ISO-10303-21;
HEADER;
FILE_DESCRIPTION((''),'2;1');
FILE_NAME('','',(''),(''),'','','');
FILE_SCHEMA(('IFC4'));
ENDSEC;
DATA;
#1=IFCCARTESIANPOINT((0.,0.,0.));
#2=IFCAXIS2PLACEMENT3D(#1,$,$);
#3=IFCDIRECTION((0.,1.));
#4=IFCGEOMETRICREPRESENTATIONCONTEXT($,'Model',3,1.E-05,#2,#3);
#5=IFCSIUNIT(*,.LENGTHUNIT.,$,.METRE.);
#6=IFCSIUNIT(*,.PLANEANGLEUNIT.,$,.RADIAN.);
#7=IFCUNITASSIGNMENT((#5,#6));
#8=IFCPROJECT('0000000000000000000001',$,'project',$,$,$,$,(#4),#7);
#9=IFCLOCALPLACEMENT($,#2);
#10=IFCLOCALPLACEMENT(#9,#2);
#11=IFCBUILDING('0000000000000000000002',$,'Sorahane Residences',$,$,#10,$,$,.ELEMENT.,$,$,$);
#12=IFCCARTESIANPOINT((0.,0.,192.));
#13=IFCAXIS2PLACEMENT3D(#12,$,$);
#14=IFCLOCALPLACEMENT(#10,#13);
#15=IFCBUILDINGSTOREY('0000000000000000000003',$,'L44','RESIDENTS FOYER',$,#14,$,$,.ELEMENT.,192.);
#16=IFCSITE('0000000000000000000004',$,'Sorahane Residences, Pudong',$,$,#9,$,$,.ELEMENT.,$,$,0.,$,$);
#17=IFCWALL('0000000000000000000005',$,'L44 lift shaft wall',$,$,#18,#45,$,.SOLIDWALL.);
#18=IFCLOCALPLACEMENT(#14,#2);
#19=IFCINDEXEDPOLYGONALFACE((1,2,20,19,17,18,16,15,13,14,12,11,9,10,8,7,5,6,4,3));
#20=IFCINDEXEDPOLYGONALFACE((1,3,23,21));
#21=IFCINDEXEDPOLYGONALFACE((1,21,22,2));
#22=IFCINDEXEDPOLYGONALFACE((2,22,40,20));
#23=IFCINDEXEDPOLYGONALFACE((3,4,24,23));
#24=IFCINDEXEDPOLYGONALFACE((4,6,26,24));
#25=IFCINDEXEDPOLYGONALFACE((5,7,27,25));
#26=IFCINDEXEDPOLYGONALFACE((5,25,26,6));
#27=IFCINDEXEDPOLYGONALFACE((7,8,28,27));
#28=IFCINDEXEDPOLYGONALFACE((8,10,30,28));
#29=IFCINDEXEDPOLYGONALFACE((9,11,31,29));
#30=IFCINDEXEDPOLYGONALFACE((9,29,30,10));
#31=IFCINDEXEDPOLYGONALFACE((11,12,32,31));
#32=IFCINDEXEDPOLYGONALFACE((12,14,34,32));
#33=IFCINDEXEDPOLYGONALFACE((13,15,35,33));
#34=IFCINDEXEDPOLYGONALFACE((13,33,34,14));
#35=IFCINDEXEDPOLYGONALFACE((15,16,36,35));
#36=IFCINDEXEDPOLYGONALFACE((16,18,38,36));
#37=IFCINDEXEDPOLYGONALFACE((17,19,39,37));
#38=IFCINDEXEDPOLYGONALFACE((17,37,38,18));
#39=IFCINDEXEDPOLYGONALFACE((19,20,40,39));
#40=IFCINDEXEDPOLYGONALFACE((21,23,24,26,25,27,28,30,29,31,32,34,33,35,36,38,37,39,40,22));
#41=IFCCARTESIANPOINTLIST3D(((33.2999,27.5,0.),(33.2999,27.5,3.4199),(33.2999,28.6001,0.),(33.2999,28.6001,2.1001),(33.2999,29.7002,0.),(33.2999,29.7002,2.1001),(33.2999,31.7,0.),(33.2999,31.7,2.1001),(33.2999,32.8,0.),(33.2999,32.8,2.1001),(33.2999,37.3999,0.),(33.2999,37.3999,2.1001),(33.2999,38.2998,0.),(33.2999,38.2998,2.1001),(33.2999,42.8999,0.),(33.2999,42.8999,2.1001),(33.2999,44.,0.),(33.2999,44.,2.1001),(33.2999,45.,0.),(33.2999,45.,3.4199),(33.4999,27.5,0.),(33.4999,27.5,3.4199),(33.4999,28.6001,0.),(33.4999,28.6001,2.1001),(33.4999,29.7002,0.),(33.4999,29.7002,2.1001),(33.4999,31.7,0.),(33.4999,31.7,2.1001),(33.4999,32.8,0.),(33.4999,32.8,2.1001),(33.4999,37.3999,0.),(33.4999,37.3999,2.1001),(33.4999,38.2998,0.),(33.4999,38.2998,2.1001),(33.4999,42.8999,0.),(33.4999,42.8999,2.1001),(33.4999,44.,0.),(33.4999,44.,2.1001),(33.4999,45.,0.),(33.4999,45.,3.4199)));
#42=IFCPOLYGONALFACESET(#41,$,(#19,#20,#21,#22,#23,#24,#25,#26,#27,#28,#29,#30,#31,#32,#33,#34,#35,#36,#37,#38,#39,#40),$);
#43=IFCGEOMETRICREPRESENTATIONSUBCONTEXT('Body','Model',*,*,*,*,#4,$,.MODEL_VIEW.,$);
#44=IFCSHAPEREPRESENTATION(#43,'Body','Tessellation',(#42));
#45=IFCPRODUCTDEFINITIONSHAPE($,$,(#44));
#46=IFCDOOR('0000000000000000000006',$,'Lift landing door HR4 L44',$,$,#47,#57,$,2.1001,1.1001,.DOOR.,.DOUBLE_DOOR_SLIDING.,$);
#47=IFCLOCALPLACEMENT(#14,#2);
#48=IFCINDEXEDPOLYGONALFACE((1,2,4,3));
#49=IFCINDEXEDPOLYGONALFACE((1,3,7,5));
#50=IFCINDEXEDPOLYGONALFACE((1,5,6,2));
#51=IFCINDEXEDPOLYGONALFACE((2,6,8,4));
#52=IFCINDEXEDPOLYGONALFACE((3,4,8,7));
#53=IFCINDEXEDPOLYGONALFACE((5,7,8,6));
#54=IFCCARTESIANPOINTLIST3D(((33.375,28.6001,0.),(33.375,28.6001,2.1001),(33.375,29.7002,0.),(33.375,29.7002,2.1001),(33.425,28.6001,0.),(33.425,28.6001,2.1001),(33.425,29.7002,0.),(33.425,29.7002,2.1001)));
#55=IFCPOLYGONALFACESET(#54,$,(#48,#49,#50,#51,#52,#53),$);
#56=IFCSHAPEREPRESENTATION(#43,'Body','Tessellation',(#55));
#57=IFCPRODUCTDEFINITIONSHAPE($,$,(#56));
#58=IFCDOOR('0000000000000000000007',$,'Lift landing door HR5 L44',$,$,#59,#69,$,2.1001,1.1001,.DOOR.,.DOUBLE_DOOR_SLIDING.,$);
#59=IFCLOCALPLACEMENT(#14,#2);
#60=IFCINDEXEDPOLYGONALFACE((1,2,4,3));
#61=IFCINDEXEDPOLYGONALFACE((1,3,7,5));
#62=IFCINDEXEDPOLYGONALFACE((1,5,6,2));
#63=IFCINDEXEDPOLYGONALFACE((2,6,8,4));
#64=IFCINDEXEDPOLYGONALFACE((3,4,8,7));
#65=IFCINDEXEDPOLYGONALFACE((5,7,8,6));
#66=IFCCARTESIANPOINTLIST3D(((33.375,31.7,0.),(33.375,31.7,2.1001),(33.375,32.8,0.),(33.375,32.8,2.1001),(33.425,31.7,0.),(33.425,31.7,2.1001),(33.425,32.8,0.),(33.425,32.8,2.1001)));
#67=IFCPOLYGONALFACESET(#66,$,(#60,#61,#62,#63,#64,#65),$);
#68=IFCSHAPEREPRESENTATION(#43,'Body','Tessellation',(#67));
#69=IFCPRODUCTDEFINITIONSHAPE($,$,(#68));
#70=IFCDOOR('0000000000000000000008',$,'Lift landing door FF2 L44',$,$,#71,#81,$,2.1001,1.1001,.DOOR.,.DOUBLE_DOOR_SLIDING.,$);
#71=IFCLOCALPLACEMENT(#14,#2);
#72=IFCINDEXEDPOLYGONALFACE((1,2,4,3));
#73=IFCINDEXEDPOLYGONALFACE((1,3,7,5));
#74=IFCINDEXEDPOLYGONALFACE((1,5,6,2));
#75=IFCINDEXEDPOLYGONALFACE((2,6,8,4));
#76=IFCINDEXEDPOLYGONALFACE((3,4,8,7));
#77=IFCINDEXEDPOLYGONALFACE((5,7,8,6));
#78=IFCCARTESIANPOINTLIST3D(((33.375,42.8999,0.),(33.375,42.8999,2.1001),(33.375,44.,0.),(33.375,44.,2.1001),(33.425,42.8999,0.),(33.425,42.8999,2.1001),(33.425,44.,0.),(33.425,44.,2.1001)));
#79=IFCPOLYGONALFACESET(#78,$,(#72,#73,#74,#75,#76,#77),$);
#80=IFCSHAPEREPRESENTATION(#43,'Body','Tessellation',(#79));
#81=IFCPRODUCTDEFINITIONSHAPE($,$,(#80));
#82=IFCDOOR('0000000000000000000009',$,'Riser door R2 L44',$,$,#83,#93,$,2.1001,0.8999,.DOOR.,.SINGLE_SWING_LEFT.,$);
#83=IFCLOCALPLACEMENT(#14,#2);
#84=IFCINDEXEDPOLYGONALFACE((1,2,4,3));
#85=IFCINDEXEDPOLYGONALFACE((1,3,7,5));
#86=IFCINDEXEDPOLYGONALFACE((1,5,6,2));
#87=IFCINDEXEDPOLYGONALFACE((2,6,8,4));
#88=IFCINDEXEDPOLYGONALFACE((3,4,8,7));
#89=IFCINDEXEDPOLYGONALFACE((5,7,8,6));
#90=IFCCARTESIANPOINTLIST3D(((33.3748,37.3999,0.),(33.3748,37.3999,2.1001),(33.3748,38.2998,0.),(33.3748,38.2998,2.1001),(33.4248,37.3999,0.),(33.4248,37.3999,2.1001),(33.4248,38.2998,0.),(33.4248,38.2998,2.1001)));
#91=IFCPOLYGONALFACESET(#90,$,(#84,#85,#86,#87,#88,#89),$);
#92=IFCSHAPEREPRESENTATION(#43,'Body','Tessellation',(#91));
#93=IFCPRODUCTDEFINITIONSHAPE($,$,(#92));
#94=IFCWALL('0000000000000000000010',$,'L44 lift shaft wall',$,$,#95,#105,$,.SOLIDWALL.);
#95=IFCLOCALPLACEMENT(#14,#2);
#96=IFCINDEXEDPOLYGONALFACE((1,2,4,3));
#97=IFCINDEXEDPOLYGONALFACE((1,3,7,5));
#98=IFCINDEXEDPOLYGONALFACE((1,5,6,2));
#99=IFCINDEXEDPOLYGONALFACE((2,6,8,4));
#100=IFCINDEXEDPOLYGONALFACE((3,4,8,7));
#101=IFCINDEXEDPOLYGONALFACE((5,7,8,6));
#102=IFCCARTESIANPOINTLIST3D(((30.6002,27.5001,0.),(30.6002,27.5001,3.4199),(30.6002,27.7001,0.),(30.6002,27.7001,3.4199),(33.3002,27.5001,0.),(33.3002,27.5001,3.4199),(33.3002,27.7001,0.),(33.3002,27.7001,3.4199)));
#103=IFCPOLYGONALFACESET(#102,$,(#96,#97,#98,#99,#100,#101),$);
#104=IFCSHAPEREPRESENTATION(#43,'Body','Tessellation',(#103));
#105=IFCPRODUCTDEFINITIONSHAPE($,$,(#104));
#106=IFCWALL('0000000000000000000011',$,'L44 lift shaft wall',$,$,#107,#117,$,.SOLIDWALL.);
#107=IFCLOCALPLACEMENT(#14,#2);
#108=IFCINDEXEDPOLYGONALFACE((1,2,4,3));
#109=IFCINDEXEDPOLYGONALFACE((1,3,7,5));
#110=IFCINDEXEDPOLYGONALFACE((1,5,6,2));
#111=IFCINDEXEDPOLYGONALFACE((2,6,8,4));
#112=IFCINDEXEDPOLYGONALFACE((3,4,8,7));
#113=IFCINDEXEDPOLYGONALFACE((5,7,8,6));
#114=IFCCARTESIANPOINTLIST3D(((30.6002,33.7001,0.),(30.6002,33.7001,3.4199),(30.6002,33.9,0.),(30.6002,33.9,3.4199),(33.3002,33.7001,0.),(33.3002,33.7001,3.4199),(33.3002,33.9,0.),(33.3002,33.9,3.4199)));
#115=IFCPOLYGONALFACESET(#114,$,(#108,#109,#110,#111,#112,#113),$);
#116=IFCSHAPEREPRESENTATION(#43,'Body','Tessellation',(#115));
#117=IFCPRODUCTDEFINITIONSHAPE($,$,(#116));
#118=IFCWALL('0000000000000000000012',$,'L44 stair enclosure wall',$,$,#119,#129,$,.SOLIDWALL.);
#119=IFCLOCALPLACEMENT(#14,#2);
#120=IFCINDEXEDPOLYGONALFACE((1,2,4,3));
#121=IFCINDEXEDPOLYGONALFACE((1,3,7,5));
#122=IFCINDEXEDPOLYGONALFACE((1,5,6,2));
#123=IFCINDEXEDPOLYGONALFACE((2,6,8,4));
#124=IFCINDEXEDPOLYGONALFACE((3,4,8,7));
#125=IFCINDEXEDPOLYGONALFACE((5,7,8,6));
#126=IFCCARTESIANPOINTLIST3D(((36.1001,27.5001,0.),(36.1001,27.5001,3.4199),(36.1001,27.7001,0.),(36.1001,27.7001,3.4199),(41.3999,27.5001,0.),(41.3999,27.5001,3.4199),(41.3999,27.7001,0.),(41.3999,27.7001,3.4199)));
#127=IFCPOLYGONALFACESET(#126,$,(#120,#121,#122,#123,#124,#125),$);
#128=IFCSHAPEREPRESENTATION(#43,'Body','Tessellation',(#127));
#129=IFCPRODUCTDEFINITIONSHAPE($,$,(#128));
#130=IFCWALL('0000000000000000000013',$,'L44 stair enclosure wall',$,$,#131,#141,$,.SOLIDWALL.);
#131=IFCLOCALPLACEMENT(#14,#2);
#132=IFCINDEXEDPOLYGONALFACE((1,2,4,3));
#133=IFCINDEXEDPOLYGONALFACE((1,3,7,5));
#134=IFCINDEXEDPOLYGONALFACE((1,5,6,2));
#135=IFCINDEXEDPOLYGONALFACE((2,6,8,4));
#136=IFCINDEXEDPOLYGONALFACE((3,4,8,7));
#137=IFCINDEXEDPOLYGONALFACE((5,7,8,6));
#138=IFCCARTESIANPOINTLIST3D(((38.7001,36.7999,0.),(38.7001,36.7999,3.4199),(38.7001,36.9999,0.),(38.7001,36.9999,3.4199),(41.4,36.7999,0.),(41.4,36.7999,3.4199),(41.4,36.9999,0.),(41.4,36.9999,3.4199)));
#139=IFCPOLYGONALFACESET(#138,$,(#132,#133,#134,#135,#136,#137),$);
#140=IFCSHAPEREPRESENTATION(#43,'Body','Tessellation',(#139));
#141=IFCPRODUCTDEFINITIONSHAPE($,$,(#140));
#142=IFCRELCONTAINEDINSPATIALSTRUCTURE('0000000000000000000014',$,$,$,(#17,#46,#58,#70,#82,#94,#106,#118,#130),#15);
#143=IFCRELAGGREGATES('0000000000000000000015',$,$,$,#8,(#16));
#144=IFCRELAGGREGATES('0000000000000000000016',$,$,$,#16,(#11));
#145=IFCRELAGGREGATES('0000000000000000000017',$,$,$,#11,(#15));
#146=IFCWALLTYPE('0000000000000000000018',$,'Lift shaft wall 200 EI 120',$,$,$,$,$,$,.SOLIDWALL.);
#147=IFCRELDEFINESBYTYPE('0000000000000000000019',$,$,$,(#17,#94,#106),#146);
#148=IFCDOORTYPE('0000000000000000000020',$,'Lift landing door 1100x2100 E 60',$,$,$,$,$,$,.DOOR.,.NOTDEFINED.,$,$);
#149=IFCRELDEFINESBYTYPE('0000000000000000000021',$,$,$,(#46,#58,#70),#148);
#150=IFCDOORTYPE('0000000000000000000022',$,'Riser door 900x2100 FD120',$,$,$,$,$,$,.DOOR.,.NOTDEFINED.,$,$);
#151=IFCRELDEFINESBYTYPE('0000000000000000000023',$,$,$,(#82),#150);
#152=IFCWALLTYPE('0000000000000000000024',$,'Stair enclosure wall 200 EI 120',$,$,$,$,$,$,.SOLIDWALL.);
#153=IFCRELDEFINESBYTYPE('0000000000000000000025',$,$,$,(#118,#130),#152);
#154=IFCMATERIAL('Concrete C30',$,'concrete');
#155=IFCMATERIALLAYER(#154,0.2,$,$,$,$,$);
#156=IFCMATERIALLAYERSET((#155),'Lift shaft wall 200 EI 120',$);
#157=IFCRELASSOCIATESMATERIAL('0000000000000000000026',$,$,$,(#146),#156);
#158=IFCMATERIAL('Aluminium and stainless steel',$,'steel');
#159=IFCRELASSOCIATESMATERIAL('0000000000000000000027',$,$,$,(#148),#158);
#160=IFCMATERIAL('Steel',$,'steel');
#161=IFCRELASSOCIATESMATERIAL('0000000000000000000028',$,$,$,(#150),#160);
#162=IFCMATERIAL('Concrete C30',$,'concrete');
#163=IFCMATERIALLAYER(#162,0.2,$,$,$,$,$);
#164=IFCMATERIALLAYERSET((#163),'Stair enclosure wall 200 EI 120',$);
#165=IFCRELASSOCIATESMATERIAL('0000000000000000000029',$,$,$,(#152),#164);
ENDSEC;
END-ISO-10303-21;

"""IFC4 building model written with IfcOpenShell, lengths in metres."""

from ifc_helpers import new_model, si_unit, direction, frame, frame_2d, origin, place, context, subcontext, project, spatial, rectangle, extrude, material, layer, layer_set, type_object, element, fill, save


model = new_model("IFC4")

# Units and contexts
model_context = context("Model", 3, precision=1e-05, world=origin(), true_north=direction((0.0, 1.0)))
body_context = subcontext(model_context, "Body", "Model", "MODEL_VIEW")
ifc_project = project(units=[si_unit("LENGTHUNIT", "METRE"), si_unit("PLANEANGLEUNIT", "RADIAN")], contexts=[model_context])

# Site, building, storey
site_placement = place(None, origin())
site = spatial("IfcSite", under=ifc_project, at=site_placement, Name="Sorahane Residences, Pudong", CompositionType="ELEMENT", RefElevation=0.0)
building_placement = place(site_placement, origin())
building = spatial("IfcBuilding", under=site, at=building_placement, Name="Sorahane Residences", CompositionType="ELEMENT")
storey_placement = place(building_placement, frame((0.0, 0.0, 192.0)))
storey = spatial("IfcBuildingStorey", under=building, at=storey_placement, Name="L44", Description="RESIDENTS FOYER", CompositionType="ELEMENT", Elevation=192.0)

# Wall, openings, doors
ifc_material_1 = material(Name="Concrete C30", Category="concrete")
ifc_layer_1 = layer(ifc_material_1, 0.2)
ifc_layer_set_1 = layer_set([ifc_layer_1], Name="Lift shaft wall 200 EI 120")
wall_type_1 = type_object("IfcWallType", Name="Lift shaft wall 200 EI 120", PredefinedType="SOLIDWALL", material=ifc_layer_set_1)
wall_1_placement = place(storey_placement, frame((33.3999, 27.5, 0.0), z_axis=(0.0, 0.0, 1.0), x_axis=(0.0, 1.0, 0.0)))
wall_1 = element("IfcWall", 1, at=wall_1_placement, inside=storey, type_object=wall_type_1, Name="L44 lift shaft wall", PredefinedType="SOLIDWALL", context=body_context, shape_type="SweptSolid", body=[
    extrude(rectangle(XDim=17.5, YDim=0.2, at=frame_2d((8.75, 0.0))), origin(), (0.0, 0.0, 1.0), 3.4199),
])
opening_1_placement = place(wall_1_placement, frame((1.1001, 0.0, 0.0)))
opening_1 = element("IfcOpeningElement", 2, at=opening_1_placement, cuts=wall_1, PredefinedType="OPENING", context=body_context, shape_type="SweptSolid", body=[
    extrude(rectangle(XDim=1.1001, YDim=2.1001, at=frame_2d((0.55, 1.05))), frame((0.0, 0.1099, 0.0), z_axis=(0.0, -1.0, 0.0), x_axis=(1.0, 0.0, 0.0)), (0.0, 0.0, 1.0), 0.22),
])
opening_2_placement = place(wall_1_placement, frame((4.2, 0.0, 0.0)))
opening_2 = element("IfcOpeningElement", 3, at=opening_2_placement, cuts=wall_1, PredefinedType="OPENING", context=body_context, shape_type="SweptSolid", body=[
    extrude(rectangle(XDim=1.1001, YDim=2.1001, at=frame_2d((0.55, 1.05))), frame((0.0, 0.1099, 0.0), z_axis=(0.0, -1.0, 0.0), x_axis=(1.0, 0.0, 0.0)), (0.0, 0.0, 1.0), 0.22),
])
opening_3_placement = place(wall_1_placement, frame((15.3999, 0.0, 0.0)))
opening_3 = element("IfcOpeningElement", 4, at=opening_3_placement, cuts=wall_1, PredefinedType="OPENING", context=body_context, shape_type="SweptSolid", body=[
    extrude(rectangle(XDim=1.1001, YDim=2.1001, at=frame_2d((0.55, 1.05))), frame((0.0, 0.1099, 0.0), z_axis=(0.0, -1.0, 0.0), x_axis=(1.0, 0.0, 0.0)), (0.0, 0.0, 1.0), 0.22),
])
opening_4_placement = place(wall_1_placement, frame((9.8999, 0.0, 0.0)))
opening_4 = element("IfcOpeningElement", 5, at=opening_4_placement, cuts=wall_1, PredefinedType="OPENING", context=body_context, shape_type="SweptSolid", body=[
    extrude(rectangle(XDim=0.8999, YDim=2.1001, at=frame_2d((0.45, 1.05))), frame((0.0, 0.1099, 0.0), z_axis=(0.0, -1.0, 0.0), x_axis=(1.0, 0.0, 0.0)), (0.0, 0.0, 1.0), 0.22),
])
ifc_material_2 = material(Name="Aluminium and stainless steel", Category="steel")
door_type_1 = type_object("IfcDoorType", Name="Lift landing door 1100x2100 E 60", OperationType="NOTDEFINED", PredefinedType="DOOR", material=ifc_material_2)
door_1_placement = place(opening_1_placement, origin())
door_1 = element("IfcDoor", 6, at=door_1_placement, inside=storey, type_object=door_type_1, Name="Lift landing door HR4 L44", OperationType="DOUBLE_DOOR_SLIDING", OverallHeight=2.1001, OverallWidth=1.1001, PredefinedType="DOOR", context=body_context, shape_type="SweptSolid", body=[
    extrude(rectangle(XDim=1.1001, YDim=2.1001, at=frame_2d((0.55, 1.05))), frame((0.0, 0.0249, 0.0), z_axis=(0.0, -1.0, 0.0), x_axis=(1.0, 0.0, 0.0)), (0.0, 0.0, 1.0), 0.05),
])
fill(opening_1, door_1)
door_2_placement = place(opening_2_placement, origin())
door_2 = element("IfcDoor", 7, at=door_2_placement, inside=storey, type_object=door_type_1, Name="Lift landing door HR5 L44", OperationType="DOUBLE_DOOR_SLIDING", OverallHeight=2.1001, OverallWidth=1.1001, PredefinedType="DOOR", context=body_context, shape_type="SweptSolid", body=[
    extrude(rectangle(XDim=1.1001, YDim=2.1001, at=frame_2d((0.55, 1.05))), frame((0.0, 0.0249, 0.0), z_axis=(0.0, -1.0, 0.0), x_axis=(1.0, 0.0, 0.0)), (0.0, 0.0, 1.0), 0.05),
])
fill(opening_2, door_2)
door_3_placement = place(opening_3_placement, origin())
door_3 = element("IfcDoor", 8, at=door_3_placement, inside=storey, type_object=door_type_1, Name="Lift landing door FF2 L44", OperationType="DOUBLE_DOOR_SLIDING", OverallHeight=2.1001, OverallWidth=1.1001, PredefinedType="DOOR", context=body_context, shape_type="SweptSolid", body=[
    extrude(rectangle(XDim=1.1001, YDim=2.1001, at=frame_2d((0.55, 1.05))), frame((0.0, 0.0249, 0.0), z_axis=(0.0, -1.0, 0.0), x_axis=(1.0, 0.0, 0.0)), (0.0, 0.0, 1.0), 0.05),
])
fill(opening_3, door_3)
ifc_material_3 = material(Name="Steel", Category="steel")
door_type_2 = type_object("IfcDoorType", Name="Riser door 900x2100 FD120", OperationType="NOTDEFINED", PredefinedType="DOOR", material=ifc_material_3)
door_4_placement = place(opening_4_placement, frame((0.8999, 0.0, 0.0), z_axis=(0.0, 0.0, 1.0), x_axis=(-1.0, 0.0, 0.0)))
door_4 = element("IfcDoor", 9, at=door_4_placement, inside=storey, type_object=door_type_2, Name="Riser door R2 L44", OperationType="SINGLE_SWING_LEFT", OverallHeight=2.1001, OverallWidth=0.8999, PredefinedType="DOOR", context=body_context, shape_type="SweptSolid", body=[
    extrude(rectangle(XDim=0.8999, YDim=2.1001, at=frame_2d((0.45, 1.05))), frame((0.0, 0.0249, 0.0), z_axis=(0.0, -1.0, 0.0), x_axis=(1.0, 0.0, 0.0)), (0.0, 0.0, 1.0), 0.05),
])
fill(opening_4, door_4)

# Walls
for number, where, z_axis, x_axis, name in (
    (10, (30.6001, 27.6001, 0.0), (0.0, 0.0, 1.0), (1.0, 0.0, 0.0), "L44 lift shaft wall"),
    (11, (30.6001, 33.8, 0.0), (0.0, 0.0, 1.0), (1.0, 0.0, 0.0), "L44 lift shaft wall"),
):
    element("IfcWall", number, at=place(storey_placement, frame(where, z_axis=z_axis, x_axis=x_axis)), inside=storey, type_object=wall_type_1, Name=name, PredefinedType="SOLIDWALL", context=body_context, shape_type="SweptSolid", body=[
        extrude(rectangle(XDim=2.7, YDim=0.2, at=frame_2d((1.3501, 0.0))), origin(), (0.0, 0.0, 1.0), 3.4199),
    ])
ifc_material_4 = material(Name="Concrete C30", Category="concrete")
ifc_layer_2 = layer(ifc_material_4, 0.2)
ifc_layer_set_2 = layer_set([ifc_layer_2], Name="Stair enclosure wall 200 EI 120")
wall_type_2 = type_object("IfcWallType", Name="Stair enclosure wall 200 EI 120", PredefinedType="SOLIDWALL", material=ifc_layer_set_2)
wall_2_placement = place(storey_placement, frame((36.1001, 27.6001, 0.0), z_axis=(0.0, 0.0, 1.0), x_axis=(1.0, 0.0, 0.0)))
element("IfcWall", 12, at=wall_2_placement, inside=storey, type_object=wall_type_2, Name="L44 stair enclosure wall", PredefinedType="SOLIDWALL", context=body_context, shape_type="SweptSolid", body=[
    extrude(rectangle(XDim=5.2998, YDim=0.2, at=frame_2d((2.6499, 0.0))), origin(), (0.0, 0.0, 1.0), 3.4199),
])
wall_3_placement = place(storey_placement, frame((38.7, 36.8999, 0.0), z_axis=(0.0, 0.0, 1.0), x_axis=(1.0, 0.0, 0.0)))
element("IfcWall", 13, at=wall_3_placement, inside=storey, type_object=wall_type_2, Name="L44 stair enclosure wall", PredefinedType="SOLIDWALL", context=body_context, shape_type="SweptSolid", body=[
    extrude(rectangle(XDim=2.7, YDim=0.2, at=frame_2d((1.3501, 0.0))), origin(), (0.0, 0.0, 1.0), 3.4199),
])

save(model, "model.ifc")
